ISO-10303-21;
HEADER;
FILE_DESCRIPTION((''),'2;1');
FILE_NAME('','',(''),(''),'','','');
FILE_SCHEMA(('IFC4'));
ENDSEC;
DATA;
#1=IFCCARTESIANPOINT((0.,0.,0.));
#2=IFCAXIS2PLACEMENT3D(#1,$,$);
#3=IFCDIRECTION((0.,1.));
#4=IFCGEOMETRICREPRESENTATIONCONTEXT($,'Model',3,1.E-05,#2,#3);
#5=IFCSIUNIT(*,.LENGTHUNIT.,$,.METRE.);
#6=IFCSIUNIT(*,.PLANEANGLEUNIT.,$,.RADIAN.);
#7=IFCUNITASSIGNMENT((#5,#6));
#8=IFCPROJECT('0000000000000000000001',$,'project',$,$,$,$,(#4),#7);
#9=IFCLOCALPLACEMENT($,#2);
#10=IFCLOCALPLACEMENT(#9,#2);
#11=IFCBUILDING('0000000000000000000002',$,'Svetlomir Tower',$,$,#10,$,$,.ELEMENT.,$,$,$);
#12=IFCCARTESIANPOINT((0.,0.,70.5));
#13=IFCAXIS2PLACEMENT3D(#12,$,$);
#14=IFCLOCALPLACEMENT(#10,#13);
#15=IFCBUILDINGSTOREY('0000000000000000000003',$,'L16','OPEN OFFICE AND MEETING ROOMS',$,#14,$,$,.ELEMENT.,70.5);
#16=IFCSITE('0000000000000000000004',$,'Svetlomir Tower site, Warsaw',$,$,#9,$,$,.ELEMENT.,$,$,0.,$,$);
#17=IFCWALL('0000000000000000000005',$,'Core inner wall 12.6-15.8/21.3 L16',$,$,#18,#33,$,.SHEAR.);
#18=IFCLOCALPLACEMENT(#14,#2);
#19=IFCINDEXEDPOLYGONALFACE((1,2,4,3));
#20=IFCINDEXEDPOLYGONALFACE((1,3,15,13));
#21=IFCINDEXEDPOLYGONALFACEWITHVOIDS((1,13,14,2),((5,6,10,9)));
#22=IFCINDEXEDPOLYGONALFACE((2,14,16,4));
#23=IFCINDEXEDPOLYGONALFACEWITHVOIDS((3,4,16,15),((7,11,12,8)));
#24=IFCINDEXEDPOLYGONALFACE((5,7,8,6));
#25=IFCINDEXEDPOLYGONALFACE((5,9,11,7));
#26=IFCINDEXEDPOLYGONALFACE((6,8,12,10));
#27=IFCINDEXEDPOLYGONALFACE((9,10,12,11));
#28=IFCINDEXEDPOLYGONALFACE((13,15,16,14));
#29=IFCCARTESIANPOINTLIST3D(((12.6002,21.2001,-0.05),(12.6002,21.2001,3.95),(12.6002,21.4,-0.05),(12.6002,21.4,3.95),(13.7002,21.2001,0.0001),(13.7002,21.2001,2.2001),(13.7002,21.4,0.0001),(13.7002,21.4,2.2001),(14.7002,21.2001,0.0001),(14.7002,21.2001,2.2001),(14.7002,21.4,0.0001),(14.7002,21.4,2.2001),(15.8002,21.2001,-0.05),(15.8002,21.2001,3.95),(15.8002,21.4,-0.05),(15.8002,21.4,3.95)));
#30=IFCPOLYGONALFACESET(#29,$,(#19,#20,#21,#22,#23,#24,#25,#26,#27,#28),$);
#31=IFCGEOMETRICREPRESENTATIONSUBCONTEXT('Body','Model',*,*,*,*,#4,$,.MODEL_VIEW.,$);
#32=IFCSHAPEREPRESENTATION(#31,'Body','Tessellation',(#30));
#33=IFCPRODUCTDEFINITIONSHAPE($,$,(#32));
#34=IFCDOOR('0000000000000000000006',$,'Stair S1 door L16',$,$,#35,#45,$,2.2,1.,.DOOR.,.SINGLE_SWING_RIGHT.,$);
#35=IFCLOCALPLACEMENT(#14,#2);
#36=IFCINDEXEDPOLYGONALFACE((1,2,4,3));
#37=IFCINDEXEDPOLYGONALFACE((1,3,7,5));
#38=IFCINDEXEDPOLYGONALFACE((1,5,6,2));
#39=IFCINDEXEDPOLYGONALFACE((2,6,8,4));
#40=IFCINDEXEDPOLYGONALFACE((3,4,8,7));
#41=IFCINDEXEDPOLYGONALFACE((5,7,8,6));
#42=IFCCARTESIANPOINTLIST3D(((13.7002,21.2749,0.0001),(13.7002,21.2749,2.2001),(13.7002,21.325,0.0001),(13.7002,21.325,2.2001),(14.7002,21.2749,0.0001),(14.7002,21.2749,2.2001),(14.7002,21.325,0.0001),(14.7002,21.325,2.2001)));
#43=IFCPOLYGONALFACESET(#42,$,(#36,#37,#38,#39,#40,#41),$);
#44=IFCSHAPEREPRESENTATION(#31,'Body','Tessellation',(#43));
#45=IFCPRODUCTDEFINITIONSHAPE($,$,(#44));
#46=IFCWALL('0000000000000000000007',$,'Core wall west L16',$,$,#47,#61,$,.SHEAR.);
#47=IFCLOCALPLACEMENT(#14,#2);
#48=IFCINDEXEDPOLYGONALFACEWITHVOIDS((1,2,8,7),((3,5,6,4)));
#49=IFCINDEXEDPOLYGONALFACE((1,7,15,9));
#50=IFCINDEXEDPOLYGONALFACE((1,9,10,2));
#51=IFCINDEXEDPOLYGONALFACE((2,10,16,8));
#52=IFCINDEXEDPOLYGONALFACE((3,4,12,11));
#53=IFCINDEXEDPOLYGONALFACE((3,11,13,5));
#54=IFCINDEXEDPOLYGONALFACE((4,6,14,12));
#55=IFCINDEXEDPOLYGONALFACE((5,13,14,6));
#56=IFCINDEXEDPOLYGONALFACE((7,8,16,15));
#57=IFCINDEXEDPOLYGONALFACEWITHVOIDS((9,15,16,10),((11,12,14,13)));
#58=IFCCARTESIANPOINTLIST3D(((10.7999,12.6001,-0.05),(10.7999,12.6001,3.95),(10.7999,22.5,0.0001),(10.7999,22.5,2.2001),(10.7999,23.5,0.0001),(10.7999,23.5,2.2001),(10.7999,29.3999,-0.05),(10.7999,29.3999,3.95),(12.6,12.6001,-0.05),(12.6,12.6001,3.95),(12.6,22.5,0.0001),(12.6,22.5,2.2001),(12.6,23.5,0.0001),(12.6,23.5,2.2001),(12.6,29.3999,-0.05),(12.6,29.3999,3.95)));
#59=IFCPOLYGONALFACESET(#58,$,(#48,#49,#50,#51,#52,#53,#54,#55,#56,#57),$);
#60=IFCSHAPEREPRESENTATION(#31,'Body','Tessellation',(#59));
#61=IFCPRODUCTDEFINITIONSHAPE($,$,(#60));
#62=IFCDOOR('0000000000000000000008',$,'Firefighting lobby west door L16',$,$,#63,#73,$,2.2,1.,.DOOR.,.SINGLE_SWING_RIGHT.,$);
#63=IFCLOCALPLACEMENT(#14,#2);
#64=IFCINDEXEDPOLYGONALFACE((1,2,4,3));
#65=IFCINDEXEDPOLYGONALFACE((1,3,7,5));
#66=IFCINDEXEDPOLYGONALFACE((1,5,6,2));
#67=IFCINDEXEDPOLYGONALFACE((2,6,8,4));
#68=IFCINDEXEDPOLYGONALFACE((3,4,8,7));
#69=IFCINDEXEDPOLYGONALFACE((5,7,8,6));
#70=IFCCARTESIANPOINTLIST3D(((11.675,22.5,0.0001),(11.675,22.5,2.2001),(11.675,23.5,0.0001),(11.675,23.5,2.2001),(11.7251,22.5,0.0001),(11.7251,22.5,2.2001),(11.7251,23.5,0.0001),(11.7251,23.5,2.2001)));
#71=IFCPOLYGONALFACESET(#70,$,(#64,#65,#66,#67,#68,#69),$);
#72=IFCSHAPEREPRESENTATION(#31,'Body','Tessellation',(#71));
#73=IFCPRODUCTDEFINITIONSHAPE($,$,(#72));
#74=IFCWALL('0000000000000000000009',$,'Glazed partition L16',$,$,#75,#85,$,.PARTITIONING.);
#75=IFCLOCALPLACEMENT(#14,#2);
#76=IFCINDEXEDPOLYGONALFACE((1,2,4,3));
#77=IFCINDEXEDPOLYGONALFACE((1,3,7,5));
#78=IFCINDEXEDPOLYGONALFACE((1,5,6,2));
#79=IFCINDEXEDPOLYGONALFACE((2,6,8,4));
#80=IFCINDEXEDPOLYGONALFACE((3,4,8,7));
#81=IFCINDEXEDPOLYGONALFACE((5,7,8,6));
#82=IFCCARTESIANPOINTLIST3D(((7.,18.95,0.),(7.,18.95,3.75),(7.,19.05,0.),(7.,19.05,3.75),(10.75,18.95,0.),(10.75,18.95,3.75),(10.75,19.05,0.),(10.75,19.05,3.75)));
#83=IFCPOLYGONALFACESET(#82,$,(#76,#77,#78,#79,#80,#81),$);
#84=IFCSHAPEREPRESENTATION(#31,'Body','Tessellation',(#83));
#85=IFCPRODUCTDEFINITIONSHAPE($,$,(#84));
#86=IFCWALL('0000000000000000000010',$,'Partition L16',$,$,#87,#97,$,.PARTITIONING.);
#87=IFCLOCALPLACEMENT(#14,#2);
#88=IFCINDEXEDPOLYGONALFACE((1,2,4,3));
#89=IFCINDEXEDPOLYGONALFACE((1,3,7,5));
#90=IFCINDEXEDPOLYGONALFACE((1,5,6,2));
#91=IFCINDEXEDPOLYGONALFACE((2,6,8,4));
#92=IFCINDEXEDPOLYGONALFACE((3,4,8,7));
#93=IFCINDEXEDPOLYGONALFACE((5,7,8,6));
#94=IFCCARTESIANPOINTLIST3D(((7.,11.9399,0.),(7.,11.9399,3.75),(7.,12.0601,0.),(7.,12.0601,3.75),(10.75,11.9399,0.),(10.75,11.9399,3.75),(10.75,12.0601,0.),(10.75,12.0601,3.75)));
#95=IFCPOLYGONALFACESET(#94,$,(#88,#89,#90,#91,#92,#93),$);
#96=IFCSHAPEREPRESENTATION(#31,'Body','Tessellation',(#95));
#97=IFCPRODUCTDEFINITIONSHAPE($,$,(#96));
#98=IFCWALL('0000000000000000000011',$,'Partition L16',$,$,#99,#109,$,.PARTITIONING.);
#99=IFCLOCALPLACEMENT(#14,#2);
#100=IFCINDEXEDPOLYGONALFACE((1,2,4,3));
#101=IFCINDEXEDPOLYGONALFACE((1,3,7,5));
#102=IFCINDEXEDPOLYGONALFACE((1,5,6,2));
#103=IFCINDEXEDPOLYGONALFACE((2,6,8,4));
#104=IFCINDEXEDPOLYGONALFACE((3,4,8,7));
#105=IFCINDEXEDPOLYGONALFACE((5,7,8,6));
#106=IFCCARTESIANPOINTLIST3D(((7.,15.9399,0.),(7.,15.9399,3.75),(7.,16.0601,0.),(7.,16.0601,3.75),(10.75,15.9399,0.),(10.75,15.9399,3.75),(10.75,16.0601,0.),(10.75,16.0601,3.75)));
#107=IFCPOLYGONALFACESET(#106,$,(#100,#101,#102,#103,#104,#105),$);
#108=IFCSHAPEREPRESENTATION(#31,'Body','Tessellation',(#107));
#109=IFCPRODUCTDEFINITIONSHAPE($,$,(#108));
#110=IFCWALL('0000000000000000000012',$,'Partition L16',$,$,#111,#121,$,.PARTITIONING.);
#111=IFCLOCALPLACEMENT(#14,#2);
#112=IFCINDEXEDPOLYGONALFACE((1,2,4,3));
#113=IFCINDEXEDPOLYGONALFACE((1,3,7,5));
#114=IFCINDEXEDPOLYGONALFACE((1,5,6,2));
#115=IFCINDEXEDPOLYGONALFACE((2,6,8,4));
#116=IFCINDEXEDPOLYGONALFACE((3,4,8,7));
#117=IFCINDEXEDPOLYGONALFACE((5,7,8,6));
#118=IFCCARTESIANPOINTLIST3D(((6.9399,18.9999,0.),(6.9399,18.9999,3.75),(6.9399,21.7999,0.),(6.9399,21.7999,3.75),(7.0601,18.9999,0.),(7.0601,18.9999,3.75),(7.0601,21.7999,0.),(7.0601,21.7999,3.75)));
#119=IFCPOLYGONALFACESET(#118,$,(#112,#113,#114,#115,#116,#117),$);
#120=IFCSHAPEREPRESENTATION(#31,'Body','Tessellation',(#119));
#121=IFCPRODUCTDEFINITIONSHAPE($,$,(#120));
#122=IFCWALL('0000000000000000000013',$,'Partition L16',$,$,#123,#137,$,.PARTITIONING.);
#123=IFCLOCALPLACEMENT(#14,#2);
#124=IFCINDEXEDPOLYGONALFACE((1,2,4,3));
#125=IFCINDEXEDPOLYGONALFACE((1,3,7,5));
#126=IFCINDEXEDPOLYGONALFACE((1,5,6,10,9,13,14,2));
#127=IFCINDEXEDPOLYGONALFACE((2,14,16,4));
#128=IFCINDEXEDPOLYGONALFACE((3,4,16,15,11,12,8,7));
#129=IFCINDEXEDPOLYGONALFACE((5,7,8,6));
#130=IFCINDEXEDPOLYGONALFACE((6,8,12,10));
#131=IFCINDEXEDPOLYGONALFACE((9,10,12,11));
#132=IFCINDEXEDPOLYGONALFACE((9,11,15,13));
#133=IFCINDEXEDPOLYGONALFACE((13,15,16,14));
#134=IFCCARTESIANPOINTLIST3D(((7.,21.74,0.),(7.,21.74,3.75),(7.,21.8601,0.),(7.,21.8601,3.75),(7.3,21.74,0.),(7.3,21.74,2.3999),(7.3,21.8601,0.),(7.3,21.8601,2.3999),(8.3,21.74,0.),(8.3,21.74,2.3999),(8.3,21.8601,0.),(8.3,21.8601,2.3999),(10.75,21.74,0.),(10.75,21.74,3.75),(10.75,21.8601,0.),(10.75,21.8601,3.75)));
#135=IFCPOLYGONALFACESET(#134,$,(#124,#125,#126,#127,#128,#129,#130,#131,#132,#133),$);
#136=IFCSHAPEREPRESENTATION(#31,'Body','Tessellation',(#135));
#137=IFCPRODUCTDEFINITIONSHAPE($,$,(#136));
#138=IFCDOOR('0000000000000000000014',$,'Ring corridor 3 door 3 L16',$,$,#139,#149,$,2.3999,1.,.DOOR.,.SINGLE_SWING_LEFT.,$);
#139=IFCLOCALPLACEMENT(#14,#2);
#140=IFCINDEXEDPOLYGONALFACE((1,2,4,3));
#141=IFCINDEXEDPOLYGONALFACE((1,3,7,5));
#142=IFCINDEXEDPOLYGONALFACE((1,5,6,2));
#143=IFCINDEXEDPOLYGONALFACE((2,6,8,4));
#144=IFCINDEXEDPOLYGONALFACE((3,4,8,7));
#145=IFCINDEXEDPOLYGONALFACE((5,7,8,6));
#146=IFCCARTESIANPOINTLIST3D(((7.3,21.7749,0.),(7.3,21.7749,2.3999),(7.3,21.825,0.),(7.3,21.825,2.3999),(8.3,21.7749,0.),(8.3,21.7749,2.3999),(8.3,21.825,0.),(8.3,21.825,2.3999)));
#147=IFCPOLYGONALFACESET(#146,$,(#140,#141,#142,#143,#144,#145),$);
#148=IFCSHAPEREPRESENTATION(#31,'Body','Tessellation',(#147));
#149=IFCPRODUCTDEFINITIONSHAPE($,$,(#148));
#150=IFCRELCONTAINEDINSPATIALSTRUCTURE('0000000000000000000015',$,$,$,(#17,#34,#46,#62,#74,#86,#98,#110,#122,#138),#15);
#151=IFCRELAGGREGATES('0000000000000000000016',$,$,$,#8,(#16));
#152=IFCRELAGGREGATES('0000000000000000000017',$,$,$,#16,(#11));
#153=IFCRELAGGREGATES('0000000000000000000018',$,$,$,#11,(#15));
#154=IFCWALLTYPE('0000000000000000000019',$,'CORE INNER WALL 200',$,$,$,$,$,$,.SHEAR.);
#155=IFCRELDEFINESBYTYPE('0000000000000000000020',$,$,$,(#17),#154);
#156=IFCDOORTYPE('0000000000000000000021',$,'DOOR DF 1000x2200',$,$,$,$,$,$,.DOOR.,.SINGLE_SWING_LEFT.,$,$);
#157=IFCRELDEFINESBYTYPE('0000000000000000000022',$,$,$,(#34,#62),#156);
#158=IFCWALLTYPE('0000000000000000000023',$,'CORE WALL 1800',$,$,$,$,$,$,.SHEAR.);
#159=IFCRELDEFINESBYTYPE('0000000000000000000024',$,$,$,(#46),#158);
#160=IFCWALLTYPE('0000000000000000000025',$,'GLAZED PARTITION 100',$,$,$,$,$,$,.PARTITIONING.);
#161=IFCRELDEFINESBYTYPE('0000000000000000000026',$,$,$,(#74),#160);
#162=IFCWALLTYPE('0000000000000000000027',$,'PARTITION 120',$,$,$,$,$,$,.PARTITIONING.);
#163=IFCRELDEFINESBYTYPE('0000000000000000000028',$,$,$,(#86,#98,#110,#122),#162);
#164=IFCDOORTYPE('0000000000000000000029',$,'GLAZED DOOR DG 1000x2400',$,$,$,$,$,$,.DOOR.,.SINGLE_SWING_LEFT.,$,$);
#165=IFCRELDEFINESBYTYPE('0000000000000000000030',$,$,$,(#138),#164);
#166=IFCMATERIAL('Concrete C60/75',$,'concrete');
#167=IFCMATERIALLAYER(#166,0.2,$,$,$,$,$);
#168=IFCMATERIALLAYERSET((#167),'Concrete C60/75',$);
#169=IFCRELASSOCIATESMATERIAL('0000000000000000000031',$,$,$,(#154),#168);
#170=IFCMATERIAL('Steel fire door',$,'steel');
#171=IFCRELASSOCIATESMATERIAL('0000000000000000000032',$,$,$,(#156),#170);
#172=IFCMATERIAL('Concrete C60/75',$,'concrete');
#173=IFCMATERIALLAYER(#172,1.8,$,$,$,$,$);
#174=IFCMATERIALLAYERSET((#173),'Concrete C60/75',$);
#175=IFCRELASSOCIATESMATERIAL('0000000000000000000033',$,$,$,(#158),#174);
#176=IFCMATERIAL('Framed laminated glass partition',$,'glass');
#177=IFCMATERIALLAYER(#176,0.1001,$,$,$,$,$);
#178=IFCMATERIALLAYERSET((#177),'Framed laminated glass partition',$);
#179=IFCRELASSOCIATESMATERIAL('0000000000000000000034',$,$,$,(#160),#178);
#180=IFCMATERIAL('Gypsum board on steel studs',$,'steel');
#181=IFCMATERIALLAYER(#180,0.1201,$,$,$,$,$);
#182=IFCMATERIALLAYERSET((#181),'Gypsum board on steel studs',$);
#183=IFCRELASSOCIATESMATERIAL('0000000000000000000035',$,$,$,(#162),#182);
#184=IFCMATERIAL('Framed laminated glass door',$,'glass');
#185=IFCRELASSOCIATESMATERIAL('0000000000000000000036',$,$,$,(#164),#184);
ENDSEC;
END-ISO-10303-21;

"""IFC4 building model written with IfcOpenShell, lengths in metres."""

from ifc_helpers import new_model, si_unit, direction, frame, frame_2d, origin, place, context, subcontext, project, spatial, rectangle, extrude, material, layer, layer_set, type_object, element, fill, save


model = new_model("IFC4")

# Units and contexts
model_context = context("Model", 3, precision=1e-05, world=origin(), true_north=direction((0.0, 1.0)))
body_context = subcontext(model_context, "Body", "Model", "MODEL_VIEW")
ifc_project = project(units=[si_unit("LENGTHUNIT", "METRE"), si_unit("PLANEANGLEUNIT", "RADIAN")], contexts=[model_context])

# Site, building, storey
site_placement = place(None, origin())
site = spatial("IfcSite", under=ifc_project, at=site_placement, Name="Svetlomir Tower site, Warsaw", CompositionType="ELEMENT", RefElevation=0.0)
building_placement = place(site_placement, origin())
building = spatial("IfcBuilding", under=site, at=building_placement, Name="Svetlomir Tower", CompositionType="ELEMENT")
storey_placement = place(building_placement, frame((0.0, 0.0, 70.5)))
storey = spatial("IfcBuildingStorey", under=building, at=storey_placement, Name="L16", Description="OPEN OFFICE AND MEETING ROOMS", CompositionType="ELEMENT", Elevation=70.5)

# Walls, openings, doors
ifc_material_1 = material(Name="Concrete C60/75", Category="concrete")
ifc_layer_1 = layer(ifc_material_1, 0.2)
ifc_layer_set_1 = layer_set([ifc_layer_1], Name="Concrete C60/75")
wall_type_1 = type_object("IfcWallType", Name="CORE INNER WALL 200", PredefinedType="SHEAR", material=ifc_layer_set_1)
wall_1_placement = place(storey_placement, frame((12.6001, 21.3, -0.05), z_axis=(0.0, 0.0, 1.0), x_axis=(1.0, 0.0, 0.0)))
wall_1 = element("IfcWall", 1, at=wall_1_placement, inside=storey, type_object=wall_type_1, Name="Core inner wall 12.6-15.8/21.3 L16", PredefinedType="SHEAR", context=body_context, shape_type="SweptSolid", body=[
    extrude(rectangle(XDim=3.2, YDim=0.2, at=frame_2d((1.6001, 0.0))), origin(), (0.0, 0.0, 1.0), 4.0),
])
opening_1_placement = place(wall_1_placement, frame((1.1001, 0.0, 0.05)))
opening_1 = element("IfcOpeningElement", 2, at=opening_1_placement, cuts=wall_1, PredefinedType="OPENING", context=body_context, shape_type="SweptSolid", body=[
    extrude(rectangle(XDim=1.0, YDim=2.2, at=frame_2d((0.5, 1.1001))), frame((0.0, 0.1099, 0.0), z_axis=(0.0, -1.0, 0.0), x_axis=(1.0, 0.0, 0.0)), (0.0, 0.0, 1.0), 0.22),
])
ifc_material_2 = material(Name="Steel fire door", Category="steel")
door_type_1 = type_object("IfcDoorType", Name="DOOR DF 1000x2200", OperationType="SINGLE_SWING_LEFT", PredefinedType="DOOR", material=ifc_material_2)
door_1_placement = place(opening_1_placement, origin())
door_1 = element("IfcDoor", 3, at=door_1_placement, inside=storey, type_object=door_type_1, Name="Stair S1 door L16", OperationType="SINGLE_SWING_RIGHT", OverallHeight=2.2, OverallWidth=1.0, PredefinedType="DOOR", context=body_context, shape_type="SweptSolid", body=[
    extrude(rectangle(XDim=1.0, YDim=2.2, at=frame_2d((0.5, 1.1001))), frame((0.0, 0.0249, 0.0), z_axis=(0.0, -1.0, 0.0), x_axis=(1.0, 0.0, 0.0)), (0.0, 0.0, 1.0), 0.05),
])
fill(opening_1, door_1)
ifc_material_3 = material(Name="Concrete C60/75", Category="concrete")
ifc_layer_2 = layer(ifc_material_3, 1.8)
ifc_layer_set_2 = layer_set([ifc_layer_2], Name="Concrete C60/75")
wall_type_2 = type_object("IfcWallType", Name="CORE WALL 1800", PredefinedType="SHEAR", material=ifc_layer_set_2)
wall_2_placement = place(storey_placement, frame((11.7, 12.6001, -0.05), z_axis=(0.0, 0.0, 1.0), x_axis=(0.0, 1.0, 0.0)))
wall_2 = element("IfcWall", 4, at=wall_2_placement, inside=storey, type_object=wall_type_2, Name="Core wall west L16", PredefinedType="SHEAR", context=body_context, shape_type="SweptSolid", body=[
    extrude(rectangle(XDim=16.7998, YDim=1.8, at=frame_2d((8.3999, 0.0))), origin(), (0.0, 0.0, 1.0), 4.0),
])
opening_2_placement = place(wall_2_placement, frame((9.8999, 0.0, 0.05)))
opening_2 = element("IfcOpeningElement", 5, at=opening_2_placement, cuts=wall_2, PredefinedType="OPENING", context=body_context, shape_type="SweptSolid", body=[
    extrude(rectangle(XDim=1.0, YDim=2.2, at=frame_2d((0.5, 1.1001))), frame((0.0, 0.9102, 0.0), z_axis=(0.0, -1.0, 0.0), x_axis=(1.0, 0.0, 0.0)), (0.0, 0.0, 1.0), 1.8201),
])
door_2_placement = place(opening_2_placement, origin())
door_2 = element("IfcDoor", 6, at=door_2_placement, inside=storey, type_object=door_type_1, Name="Firefighting lobby west door L16", OperationType="SINGLE_SWING_RIGHT", OverallHeight=2.2, OverallWidth=1.0, PredefinedType="DOOR", context=body_context, shape_type="SweptSolid", body=[
    extrude(rectangle(XDim=1.0, YDim=2.2, at=frame_2d((0.5, 1.1001))), frame((0.0, 0.0249, 0.0), z_axis=(0.0, -1.0, 0.0), x_axis=(1.0, 0.0, 0.0)), (0.0, 0.0, 1.0), 0.05),
])
fill(opening_2, door_2)

# Walls
ifc_material_4 = material(Name="Framed laminated glass partition", Category="glass")
ifc_layer_3 = layer(ifc_material_4, 0.1001)
ifc_layer_set_3 = layer_set([ifc_layer_3], Name="Framed laminated glass partition")
wall_type_3 = type_object("IfcWallType", Name="GLAZED PARTITION 100", PredefinedType="PARTITIONING", material=ifc_layer_set_3)
wall_3_placement = place(storey_placement, frame((7.0, 19.0, 0.0), z_axis=(0.0, 0.0, 1.0), x_axis=(1.0, 0.0, 0.0)))
element("IfcWall", 7, at=wall_3_placement, inside=storey, type_object=wall_type_3, Name="Glazed partition L16", PredefinedType="PARTITIONING", context=body_context, shape_type="SweptSolid", body=[
    extrude(rectangle(XDim=3.75, YDim=0.1001, at=frame_2d((1.875, 0.0))), origin(), (0.0, 0.0, 1.0), 3.75),
])
ifc_material_5 = material(Name="Gypsum board on steel studs", Category="steel")
ifc_layer_4 = layer(ifc_material_5, 0.1201)
ifc_layer_set_4 = layer_set([ifc_layer_4], Name="Gypsum board on steel studs")
wall_type_4 = type_object("IfcWallType", Name="PARTITION 120", PredefinedType="PARTITIONING", material=ifc_layer_set_4)
wall_4_placement = place(storey_placement, frame((7.0, 12.0, 0.0), z_axis=(0.0, 0.0, 1.0), x_axis=(1.0, 0.0, 0.0)))
element("IfcWall", 8, at=wall_4_placement, inside=storey, type_object=wall_type_4, Name="Partition L16", PredefinedType="PARTITIONING", context=body_context, shape_type="SweptSolid", body=[
    extrude(rectangle(XDim=3.75, YDim=0.1201, at=frame_2d((1.875, 0.0))), origin(), (0.0, 0.0, 1.0), 3.75),
])

# Shared definitions
ifc_material_6 = material(Name="Framed laminated glass door", Category="glass")
door_type_2 = type_object("IfcDoorType", Name="GLAZED DOOR DG 1000x2400", OperationType="SINGLE_SWING_LEFT", PredefinedType="DOOR", material=ifc_material_6)

# Walls
wall_5_placement = place(storey_placement, frame((7.0, 16.0, 0.0), z_axis=(0.0, 0.0, 1.0), x_axis=(1.0, 0.0, 0.0)))
element("IfcWall", 9, at=wall_5_placement, inside=storey, type_object=wall_type_4, Name="Partition L16", PredefinedType="PARTITIONING", context=body_context, shape_type="SweptSolid", body=[
    extrude(rectangle(XDim=3.75, YDim=0.1201, at=frame_2d((1.875, 0.0))), origin(), (0.0, 0.0, 1.0), 3.75),
])
wall_6_placement = place(storey_placement, frame((7.0, 19.0, 0.0), z_axis=(0.0, 0.0, 1.0), x_axis=(0.0, 1.0, 0.0)))
element("IfcWall", 10, at=wall_6_placement, inside=storey, type_object=wall_type_4, Name="Partition L16", PredefinedType="PARTITIONING", context=body_context, shape_type="SweptSolid", body=[
    extrude(rectangle(XDim=2.8, YDim=0.1201, at=frame_2d((1.3999, 0.0))), origin(), (0.0, 0.0, 1.0), 3.75),
])

# Wall, opening, door
wall_7_placement = place(storey_placement, frame((7.0, 21.8, 0.0), z_axis=(0.0, 0.0, 1.0), x_axis=(1.0, 0.0, 0.0)))
wall_7 = element("IfcWall", 11, at=wall_7_placement, inside=storey, type_object=wall_type_4, Name="Partition L16", PredefinedType="PARTITIONING", context=body_context, shape_type="SweptSolid", body=[
    extrude(rectangle(XDim=3.75, YDim=0.1201, at=frame_2d((1.875, 0.0))), origin(), (0.0, 0.0, 1.0), 3.75),
])
opening_3_placement = place(wall_7_placement, frame((0.3, 0.0, 0.0)))
opening_3 = element("IfcOpeningElement", 12, at=opening_3_placement, cuts=wall_7, PredefinedType="OPENING", context=body_context, shape_type="SweptSolid", body=[
    extrude(rectangle(XDim=1.0, YDim=2.3999, at=frame_2d((0.5, 1.2))), frame((0.0, 0.0701, 0.0), z_axis=(0.0, -1.0, 0.0), x_axis=(1.0, 0.0, 0.0)), (0.0, 0.0, 1.0), 0.1401),
])
door_3_placement = place(opening_3_placement, origin())
door_3 = element("IfcDoor", 13, at=door_3_placement, inside=storey, type_object=door_type_2, Name="Ring corridor 3 door 3 L16", OperationType="SINGLE_SWING_LEFT", OverallHeight=2.3999, OverallWidth=1.0, PredefinedType="DOOR", context=body_context, shape_type="SweptSolid", body=[
    extrude(rectangle(XDim=1.0, YDim=2.3999, at=frame_2d((0.5, 1.2))), frame((0.0, 0.0249, 0.0), z_axis=(0.0, -1.0, 0.0), x_axis=(1.0, 0.0, 0.0)), (0.0, 0.0, 1.0), 0.05),
])
fill(opening_3, door_3)

save(model, "model.ifc")
